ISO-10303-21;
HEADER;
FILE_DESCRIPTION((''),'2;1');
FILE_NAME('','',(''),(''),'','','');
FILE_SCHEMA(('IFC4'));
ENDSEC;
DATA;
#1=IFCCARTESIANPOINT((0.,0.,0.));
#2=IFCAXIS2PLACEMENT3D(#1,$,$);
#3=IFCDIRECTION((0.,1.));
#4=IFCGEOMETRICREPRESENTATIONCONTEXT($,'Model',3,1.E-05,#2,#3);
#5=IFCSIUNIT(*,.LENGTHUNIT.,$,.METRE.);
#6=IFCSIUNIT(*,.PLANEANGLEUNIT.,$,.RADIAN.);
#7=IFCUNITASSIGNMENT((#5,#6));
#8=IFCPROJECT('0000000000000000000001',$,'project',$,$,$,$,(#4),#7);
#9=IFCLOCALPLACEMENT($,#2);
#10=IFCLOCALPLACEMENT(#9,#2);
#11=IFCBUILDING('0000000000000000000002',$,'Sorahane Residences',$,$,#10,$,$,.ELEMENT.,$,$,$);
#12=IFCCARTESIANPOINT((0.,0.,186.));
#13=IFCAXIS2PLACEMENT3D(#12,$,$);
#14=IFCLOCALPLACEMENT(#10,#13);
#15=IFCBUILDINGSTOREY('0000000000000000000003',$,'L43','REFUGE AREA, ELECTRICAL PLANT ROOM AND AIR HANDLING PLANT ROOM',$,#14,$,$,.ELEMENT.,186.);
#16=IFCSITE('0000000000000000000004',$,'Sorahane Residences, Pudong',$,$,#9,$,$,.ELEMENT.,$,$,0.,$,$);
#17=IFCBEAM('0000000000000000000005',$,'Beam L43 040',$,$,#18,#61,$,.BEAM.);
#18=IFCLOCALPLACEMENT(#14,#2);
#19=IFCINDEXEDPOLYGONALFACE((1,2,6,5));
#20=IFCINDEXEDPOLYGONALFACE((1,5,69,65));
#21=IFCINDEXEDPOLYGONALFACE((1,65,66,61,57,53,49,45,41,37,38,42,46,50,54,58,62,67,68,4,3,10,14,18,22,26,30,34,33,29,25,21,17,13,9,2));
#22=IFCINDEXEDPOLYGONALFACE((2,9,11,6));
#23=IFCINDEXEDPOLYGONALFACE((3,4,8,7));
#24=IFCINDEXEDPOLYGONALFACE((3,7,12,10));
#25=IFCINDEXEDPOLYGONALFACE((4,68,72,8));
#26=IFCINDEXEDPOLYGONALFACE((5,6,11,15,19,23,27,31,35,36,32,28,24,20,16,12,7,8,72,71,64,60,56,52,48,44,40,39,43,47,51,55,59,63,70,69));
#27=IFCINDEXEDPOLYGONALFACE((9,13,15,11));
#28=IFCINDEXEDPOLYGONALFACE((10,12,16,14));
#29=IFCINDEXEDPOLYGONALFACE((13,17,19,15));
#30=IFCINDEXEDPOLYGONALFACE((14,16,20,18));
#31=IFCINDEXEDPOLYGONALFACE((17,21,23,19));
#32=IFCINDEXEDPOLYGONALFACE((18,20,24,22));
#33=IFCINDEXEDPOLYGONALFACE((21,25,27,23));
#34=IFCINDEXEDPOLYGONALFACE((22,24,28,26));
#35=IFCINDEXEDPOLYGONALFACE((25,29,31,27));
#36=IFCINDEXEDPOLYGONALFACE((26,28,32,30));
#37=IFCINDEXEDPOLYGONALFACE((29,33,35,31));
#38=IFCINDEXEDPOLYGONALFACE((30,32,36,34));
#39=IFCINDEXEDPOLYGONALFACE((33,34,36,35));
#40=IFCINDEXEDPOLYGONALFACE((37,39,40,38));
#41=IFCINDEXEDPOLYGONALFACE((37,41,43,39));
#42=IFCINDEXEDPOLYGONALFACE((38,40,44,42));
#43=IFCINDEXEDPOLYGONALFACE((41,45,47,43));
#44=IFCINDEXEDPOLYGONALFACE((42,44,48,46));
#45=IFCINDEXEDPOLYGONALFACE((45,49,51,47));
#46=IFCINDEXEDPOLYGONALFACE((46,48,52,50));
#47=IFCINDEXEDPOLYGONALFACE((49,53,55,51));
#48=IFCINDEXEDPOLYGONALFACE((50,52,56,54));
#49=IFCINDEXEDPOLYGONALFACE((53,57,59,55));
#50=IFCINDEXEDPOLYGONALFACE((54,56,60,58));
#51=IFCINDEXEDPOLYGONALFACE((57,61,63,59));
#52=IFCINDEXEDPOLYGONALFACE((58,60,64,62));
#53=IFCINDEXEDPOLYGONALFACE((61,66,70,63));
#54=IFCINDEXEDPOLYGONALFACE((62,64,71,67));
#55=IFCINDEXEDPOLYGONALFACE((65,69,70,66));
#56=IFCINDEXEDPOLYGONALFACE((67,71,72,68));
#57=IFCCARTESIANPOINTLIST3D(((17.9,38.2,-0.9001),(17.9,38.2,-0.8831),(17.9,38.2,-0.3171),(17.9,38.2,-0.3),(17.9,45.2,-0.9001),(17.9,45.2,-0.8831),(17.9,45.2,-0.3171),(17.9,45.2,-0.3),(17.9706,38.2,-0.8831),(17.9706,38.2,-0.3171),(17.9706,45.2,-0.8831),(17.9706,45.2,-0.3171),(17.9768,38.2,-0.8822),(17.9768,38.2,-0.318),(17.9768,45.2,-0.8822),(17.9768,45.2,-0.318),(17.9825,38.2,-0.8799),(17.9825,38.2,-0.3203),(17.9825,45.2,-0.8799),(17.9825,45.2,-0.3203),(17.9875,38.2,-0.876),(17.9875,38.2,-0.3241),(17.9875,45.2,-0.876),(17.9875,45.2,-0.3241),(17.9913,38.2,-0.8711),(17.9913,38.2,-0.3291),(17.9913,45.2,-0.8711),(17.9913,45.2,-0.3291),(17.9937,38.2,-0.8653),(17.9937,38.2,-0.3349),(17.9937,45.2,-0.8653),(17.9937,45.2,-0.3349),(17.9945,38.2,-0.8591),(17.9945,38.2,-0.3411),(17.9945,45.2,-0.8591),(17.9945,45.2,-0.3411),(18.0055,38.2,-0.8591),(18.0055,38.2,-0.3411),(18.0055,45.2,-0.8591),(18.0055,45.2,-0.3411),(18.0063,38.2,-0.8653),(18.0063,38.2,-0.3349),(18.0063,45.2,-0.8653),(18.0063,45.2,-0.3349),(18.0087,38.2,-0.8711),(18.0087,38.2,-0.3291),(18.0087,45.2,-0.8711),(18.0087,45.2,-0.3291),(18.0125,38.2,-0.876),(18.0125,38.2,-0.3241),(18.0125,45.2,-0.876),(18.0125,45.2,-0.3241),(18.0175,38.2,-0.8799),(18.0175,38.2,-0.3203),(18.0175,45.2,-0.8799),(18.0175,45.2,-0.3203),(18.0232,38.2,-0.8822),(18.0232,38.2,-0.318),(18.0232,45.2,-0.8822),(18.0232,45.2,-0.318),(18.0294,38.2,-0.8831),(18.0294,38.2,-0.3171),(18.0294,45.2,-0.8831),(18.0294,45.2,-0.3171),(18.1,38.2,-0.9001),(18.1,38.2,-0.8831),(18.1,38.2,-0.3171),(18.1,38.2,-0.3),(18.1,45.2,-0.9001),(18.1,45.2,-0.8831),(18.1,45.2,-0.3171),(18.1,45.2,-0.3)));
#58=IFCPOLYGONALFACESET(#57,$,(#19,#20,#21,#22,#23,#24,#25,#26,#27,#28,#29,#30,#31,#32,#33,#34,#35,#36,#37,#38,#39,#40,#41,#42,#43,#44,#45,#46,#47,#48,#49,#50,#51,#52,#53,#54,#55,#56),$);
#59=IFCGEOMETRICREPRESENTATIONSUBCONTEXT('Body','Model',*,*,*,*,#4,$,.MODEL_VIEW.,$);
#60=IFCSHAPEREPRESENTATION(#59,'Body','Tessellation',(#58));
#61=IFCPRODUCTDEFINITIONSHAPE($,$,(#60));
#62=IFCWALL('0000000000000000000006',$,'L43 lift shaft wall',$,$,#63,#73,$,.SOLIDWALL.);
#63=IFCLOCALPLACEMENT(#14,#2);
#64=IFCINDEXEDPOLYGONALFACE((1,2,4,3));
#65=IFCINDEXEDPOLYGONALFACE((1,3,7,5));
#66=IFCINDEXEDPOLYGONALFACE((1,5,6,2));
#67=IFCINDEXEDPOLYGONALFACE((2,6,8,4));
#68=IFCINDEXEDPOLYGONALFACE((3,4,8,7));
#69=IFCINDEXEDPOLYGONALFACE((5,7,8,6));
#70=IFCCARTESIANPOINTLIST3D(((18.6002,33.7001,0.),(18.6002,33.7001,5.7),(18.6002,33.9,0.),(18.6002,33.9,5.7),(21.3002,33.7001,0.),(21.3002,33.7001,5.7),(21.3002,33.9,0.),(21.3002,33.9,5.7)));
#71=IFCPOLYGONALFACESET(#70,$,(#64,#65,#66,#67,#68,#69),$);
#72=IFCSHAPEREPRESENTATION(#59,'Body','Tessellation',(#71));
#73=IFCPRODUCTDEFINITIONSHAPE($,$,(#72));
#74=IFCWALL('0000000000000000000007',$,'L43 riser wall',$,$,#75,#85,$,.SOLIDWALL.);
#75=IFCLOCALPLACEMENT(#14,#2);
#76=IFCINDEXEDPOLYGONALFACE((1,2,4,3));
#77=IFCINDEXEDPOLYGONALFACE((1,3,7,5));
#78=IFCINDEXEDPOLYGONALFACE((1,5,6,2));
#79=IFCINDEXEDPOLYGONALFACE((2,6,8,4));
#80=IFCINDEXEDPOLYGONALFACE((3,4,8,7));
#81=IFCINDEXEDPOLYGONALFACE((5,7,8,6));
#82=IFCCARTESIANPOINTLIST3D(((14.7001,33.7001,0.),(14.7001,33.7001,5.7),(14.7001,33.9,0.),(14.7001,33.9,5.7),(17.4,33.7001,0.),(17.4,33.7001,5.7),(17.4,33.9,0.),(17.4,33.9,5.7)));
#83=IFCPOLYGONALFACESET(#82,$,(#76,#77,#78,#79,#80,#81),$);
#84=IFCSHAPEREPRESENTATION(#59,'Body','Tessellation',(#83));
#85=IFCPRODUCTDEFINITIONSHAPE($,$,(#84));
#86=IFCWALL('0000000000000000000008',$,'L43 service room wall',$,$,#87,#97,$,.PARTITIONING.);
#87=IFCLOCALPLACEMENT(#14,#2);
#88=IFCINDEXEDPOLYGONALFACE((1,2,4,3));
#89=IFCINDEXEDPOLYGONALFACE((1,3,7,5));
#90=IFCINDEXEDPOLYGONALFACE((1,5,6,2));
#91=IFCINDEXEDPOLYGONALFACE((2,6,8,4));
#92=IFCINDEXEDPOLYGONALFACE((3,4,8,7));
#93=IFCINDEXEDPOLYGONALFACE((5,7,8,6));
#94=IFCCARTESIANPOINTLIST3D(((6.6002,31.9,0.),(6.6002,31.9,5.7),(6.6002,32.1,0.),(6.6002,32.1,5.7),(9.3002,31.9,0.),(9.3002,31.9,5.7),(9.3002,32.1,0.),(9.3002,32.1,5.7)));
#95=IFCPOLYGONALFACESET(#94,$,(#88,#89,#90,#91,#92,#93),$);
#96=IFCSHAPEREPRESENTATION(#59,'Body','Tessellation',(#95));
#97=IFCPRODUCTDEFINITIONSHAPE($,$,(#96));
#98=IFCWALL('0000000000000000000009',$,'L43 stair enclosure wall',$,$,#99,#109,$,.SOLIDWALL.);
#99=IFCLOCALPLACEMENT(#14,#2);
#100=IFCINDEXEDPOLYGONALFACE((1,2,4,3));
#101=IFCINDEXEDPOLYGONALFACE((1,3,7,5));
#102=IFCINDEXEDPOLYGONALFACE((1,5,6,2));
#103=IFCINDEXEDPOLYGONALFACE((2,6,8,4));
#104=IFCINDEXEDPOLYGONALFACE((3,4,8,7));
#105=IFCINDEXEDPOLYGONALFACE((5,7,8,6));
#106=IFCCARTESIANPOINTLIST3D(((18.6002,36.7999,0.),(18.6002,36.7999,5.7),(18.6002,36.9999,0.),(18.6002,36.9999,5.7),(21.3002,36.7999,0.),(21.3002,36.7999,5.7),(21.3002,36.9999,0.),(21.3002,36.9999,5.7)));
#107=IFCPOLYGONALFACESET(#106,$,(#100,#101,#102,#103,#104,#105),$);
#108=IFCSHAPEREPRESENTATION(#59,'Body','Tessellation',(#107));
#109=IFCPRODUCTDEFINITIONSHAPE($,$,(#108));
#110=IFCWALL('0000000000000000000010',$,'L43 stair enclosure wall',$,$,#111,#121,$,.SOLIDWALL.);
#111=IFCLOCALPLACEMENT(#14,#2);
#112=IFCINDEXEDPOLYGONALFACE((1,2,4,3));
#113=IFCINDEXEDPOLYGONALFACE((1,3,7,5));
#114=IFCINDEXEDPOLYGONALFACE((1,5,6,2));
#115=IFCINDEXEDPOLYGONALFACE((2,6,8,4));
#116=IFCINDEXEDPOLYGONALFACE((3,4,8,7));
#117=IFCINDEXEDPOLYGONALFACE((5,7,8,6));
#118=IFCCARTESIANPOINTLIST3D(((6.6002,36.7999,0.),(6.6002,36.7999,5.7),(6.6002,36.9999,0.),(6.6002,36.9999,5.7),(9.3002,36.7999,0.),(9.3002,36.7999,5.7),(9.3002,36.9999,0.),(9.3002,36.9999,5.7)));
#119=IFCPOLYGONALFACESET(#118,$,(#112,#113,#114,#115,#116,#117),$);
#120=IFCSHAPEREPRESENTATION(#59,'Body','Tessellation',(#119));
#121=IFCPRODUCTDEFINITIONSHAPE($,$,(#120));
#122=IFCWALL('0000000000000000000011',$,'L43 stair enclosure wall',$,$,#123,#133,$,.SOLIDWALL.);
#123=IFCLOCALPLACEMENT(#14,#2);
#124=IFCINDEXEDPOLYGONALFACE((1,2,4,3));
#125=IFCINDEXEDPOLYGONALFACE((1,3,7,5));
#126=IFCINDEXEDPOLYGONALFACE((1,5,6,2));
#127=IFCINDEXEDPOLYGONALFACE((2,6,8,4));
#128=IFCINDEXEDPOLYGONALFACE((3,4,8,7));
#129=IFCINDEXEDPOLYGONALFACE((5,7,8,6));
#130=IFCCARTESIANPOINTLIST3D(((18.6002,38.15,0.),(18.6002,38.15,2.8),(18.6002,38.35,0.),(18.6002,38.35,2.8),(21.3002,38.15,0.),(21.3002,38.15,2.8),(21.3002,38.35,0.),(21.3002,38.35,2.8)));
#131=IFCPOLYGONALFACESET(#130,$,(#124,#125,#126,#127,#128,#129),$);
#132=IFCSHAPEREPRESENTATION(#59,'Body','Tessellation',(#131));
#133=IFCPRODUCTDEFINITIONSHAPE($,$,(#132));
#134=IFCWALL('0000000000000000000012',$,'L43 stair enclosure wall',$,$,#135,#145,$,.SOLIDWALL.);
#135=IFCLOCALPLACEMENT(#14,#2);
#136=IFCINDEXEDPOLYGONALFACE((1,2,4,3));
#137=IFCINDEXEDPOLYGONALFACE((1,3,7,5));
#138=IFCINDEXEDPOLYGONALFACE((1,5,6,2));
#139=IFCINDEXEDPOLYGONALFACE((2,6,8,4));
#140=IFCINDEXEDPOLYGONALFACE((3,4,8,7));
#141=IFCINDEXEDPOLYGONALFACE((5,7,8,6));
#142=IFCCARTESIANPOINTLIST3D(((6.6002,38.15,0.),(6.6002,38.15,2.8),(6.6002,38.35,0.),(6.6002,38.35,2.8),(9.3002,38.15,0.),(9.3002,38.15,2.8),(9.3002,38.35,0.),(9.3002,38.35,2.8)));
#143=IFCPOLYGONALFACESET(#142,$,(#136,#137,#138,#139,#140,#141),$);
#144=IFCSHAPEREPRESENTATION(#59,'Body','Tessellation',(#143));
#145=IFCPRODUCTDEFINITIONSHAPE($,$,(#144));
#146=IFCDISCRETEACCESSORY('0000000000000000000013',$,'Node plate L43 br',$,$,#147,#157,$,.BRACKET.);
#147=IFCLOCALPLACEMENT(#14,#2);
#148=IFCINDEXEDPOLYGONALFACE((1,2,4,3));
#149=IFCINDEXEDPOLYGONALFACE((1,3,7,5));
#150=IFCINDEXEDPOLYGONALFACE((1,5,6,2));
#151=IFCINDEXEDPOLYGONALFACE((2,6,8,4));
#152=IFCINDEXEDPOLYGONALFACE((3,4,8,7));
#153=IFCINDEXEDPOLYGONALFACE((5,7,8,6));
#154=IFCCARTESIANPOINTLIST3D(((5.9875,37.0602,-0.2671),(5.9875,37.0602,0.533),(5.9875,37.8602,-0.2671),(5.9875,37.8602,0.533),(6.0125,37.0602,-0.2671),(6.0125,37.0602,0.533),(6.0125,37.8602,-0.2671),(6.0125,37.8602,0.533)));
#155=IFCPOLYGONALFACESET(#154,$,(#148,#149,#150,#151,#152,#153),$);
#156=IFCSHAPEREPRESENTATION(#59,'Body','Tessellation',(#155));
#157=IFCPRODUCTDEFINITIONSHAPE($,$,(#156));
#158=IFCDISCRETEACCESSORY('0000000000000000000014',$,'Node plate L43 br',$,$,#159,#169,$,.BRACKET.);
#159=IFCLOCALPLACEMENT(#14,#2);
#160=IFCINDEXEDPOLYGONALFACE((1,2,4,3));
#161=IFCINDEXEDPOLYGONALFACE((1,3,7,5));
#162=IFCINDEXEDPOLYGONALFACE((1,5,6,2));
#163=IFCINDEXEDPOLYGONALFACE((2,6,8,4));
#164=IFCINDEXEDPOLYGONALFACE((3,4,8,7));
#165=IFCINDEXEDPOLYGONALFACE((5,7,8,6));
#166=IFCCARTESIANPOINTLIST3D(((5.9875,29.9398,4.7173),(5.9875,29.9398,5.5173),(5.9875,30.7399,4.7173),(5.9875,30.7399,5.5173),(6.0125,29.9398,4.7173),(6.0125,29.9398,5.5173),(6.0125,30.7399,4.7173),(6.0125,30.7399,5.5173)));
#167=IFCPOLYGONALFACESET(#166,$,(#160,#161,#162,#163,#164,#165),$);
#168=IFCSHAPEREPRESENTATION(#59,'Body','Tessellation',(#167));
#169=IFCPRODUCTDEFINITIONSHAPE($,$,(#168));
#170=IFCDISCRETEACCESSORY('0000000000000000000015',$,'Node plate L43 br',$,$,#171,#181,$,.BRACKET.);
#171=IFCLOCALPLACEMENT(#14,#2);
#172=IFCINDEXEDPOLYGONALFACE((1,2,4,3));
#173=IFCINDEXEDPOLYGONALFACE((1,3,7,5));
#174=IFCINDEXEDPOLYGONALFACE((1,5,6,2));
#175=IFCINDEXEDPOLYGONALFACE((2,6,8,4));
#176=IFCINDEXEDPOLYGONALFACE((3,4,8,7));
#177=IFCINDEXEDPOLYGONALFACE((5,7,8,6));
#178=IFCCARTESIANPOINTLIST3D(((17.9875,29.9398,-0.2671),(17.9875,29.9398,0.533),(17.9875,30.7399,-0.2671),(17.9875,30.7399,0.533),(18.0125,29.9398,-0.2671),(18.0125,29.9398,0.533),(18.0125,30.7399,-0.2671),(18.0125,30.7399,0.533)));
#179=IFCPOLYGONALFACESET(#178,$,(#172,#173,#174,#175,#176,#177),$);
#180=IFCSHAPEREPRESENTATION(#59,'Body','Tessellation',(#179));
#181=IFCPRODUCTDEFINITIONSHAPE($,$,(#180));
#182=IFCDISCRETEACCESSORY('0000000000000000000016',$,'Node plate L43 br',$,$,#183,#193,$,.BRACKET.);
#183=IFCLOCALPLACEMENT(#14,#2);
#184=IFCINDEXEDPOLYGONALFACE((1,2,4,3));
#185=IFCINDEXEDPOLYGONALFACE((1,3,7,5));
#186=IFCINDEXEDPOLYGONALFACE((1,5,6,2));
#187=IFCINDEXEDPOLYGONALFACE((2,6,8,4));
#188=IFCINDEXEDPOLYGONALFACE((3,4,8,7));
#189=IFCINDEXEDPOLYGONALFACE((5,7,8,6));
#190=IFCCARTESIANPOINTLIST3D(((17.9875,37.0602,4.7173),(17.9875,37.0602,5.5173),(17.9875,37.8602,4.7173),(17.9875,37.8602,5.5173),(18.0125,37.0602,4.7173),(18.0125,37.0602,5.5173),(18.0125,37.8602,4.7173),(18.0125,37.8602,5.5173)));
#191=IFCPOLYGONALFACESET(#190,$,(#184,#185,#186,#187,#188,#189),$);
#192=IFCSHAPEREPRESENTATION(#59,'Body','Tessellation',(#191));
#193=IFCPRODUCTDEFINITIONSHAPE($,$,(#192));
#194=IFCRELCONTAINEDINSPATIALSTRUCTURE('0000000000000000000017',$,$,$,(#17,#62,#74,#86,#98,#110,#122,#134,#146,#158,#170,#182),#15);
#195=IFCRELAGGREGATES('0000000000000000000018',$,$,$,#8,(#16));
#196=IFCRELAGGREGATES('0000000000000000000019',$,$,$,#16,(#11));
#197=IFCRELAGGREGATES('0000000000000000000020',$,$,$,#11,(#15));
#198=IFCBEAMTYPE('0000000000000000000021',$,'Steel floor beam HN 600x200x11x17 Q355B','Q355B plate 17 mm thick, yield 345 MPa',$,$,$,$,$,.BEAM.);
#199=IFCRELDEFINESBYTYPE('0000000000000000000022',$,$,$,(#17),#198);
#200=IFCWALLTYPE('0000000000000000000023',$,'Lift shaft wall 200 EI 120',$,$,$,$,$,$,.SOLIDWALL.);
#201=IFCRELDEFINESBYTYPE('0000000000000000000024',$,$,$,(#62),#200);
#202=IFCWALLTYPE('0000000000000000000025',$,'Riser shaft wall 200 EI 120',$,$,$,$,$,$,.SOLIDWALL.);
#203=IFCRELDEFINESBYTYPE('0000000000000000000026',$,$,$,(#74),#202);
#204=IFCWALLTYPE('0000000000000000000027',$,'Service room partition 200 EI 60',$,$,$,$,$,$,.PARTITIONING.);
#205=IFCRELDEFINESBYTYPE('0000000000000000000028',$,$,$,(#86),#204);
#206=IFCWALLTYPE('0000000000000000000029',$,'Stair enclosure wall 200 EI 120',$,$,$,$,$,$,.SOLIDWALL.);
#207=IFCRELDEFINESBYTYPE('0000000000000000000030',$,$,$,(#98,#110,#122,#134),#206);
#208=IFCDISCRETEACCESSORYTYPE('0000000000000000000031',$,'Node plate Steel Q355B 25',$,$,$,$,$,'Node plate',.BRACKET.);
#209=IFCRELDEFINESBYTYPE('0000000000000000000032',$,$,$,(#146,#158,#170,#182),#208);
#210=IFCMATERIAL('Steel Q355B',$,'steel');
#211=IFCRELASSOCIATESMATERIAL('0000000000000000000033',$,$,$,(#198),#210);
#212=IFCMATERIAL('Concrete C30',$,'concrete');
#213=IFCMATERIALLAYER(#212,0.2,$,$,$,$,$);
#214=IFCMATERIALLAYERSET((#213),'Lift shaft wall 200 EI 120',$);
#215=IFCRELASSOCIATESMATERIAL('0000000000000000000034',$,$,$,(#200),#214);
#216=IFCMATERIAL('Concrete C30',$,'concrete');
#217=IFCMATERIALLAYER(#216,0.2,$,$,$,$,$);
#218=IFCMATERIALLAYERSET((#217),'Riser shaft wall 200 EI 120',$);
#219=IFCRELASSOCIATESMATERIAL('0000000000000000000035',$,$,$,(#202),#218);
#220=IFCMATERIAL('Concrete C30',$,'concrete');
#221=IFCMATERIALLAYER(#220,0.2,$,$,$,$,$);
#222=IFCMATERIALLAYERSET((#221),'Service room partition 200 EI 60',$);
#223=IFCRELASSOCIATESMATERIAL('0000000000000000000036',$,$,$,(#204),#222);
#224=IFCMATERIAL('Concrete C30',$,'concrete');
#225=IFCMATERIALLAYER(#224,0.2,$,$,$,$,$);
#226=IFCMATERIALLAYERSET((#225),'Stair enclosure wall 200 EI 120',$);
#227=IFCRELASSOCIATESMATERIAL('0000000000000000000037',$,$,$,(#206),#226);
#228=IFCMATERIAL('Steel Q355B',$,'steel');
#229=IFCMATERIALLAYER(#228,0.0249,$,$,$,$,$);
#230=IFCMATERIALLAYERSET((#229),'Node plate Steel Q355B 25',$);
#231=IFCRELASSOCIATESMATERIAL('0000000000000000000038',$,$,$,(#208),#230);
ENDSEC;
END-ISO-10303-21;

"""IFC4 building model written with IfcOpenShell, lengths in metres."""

from ifc_helpers import new_model, si_unit, direction, frame, frame_2d, origin, origin_2d, place, context, subcontext, project, spatial, rectangle, i_section, extrude, material, layer, layer_set, material_profile, profile_set, type_object, element, save


model = new_model("IFC4")

# Units and contexts
model_context = context("Model", 3, precision=1e-05, world=origin(), true_north=direction((0.0, 1.0)))
body_context = subcontext(model_context, "Body", "Model", "MODEL_VIEW")
ifc_project = project(units=[si_unit("LENGTHUNIT", "METRE"), si_unit("PLANEANGLEUNIT", "RADIAN")], contexts=[model_context])

# Site, building, storey
site_placement = place(None, origin())
site = spatial("IfcSite", under=ifc_project, at=site_placement, Name="Sorahane Residences, Pudong", CompositionType="ELEMENT", RefElevation=0.0)
building_placement = place(site_placement, origin())
building = spatial("IfcBuilding", under=site, at=building_placement, Name="Sorahane Residences", CompositionType="ELEMENT")
storey_placement = place(building_placement, frame((0.0, 0.0, 186.0)))
storey = spatial("IfcBuildingStorey", under=building, at=storey_placement, Name="L43", Description="REFUGE AREA, ELECTRICAL PLANT ROOM AND AIR HANDLING PLANT ROOM", CompositionType="ELEMENT", Elevation=186.0)

# Beam
ifc_material_1 = material(Name="Steel Q355B", Category="steel")
ifc_material_profile_1 = material_profile(ifc_material_1, i_section(OverallWidth=0.2, OverallDepth=0.6001, WebThickness=0.011, FlangeThickness=0.0171, FilletRadius=0.0239, at=origin_2d()), Name="HN 600x200x11x17")
ifc_profile_set_1 = profile_set([ifc_material_profile_1], Name="Steel Q355B")
beam_type_1 = type_object("IfcBeamType", Name="Steel floor beam HN 600x200x11x17 Q355B", Description="Q355B plate 17 mm thick, yield 345 MPa", PredefinedType="BEAM", material=ifc_profile_set_1)
for number, where, z_axis, x_axis, name in (
    (1, (18.0, 38.2, -0.6001), (0.0, 1.0, 0.0), (-1.0, 0.0, 0.0), "Beam L43 040"),
):
    element("IfcBeam", number, at=place(storey_placement, frame(where, z_axis=z_axis, x_axis=x_axis)), inside=storey, type_object=beam_type_1, Name=name, PredefinedType="BEAM", context=body_context, shape_type="SweptSolid", body=[
        extrude(i_section(OverallWidth=0.2, OverallDepth=0.6001, WebThickness=0.011, FlangeThickness=0.0171, FilletRadius=0.0239, at=origin_2d()), origin(), (0.0, 0.0, 1.0), 7.0),
    ])

# Walls
ifc_material_2 = material(Name="Concrete C30", Category="concrete")
ifc_layer_1 = layer(ifc_material_2, 0.2)
ifc_layer_set_1 = layer_set([ifc_layer_1], Name="Lift shaft wall 200 EI 120")
wall_type_1 = type_object("IfcWallType", Name="Lift shaft wall 200 EI 120", PredefinedType="SOLIDWALL", material=ifc_layer_set_1)
wall_1_placement = place(storey_placement, frame((18.6001, 33.8, 0.0), z_axis=(0.0, 0.0, 1.0), x_axis=(1.0, 0.0, 0.0)))
element("IfcWall", 2, at=wall_1_placement, inside=storey, type_object=wall_type_1, Name="L43 lift shaft wall", PredefinedType="SOLIDWALL", context=body_context, shape_type="SweptSolid", body=[
    extrude(rectangle(XDim=2.7, YDim=0.2, at=frame_2d((1.3501, 0.0))), origin(), (0.0, 0.0, 1.0), 5.7),
])
ifc_material_3 = material(Name="Concrete C30", Category="concrete")
ifc_layer_2 = layer(ifc_material_3, 0.2)
ifc_layer_set_2 = layer_set([ifc_layer_2], Name="Riser shaft wall 200 EI 120")
wall_type_2 = type_object("IfcWallType", Name="Riser shaft wall 200 EI 120", PredefinedType="SOLIDWALL", material=ifc_layer_set_2)
wall_2_placement = place(storey_placement, frame((14.7, 33.8, 0.0), z_axis=(0.0, 0.0, 1.0), x_axis=(1.0, 0.0, 0.0)))
element("IfcWall", 3, at=wall_2_placement, inside=storey, type_object=wall_type_2, Name="L43 riser wall", PredefinedType="SOLIDWALL", context=body_context, shape_type="SweptSolid", body=[
    extrude(rectangle(XDim=2.7, YDim=0.2, at=frame_2d((1.3501, 0.0))), origin(), (0.0, 0.0, 1.0), 5.7),
])
ifc_material_4 = material(Name="Concrete C30", Category="concrete")
ifc_layer_3 = layer(ifc_material_4, 0.2)
ifc_layer_set_3 = layer_set([ifc_layer_3], Name="Service room partition 200 EI 60")
wall_type_3 = type_object("IfcWallType", Name="Service room partition 200 EI 60", PredefinedType="PARTITIONING", material=ifc_layer_set_3)
wall_3_placement = place(storey_placement, frame((6.6001, 32.0, 0.0), z_axis=(0.0, 0.0, 1.0), x_axis=(1.0, 0.0, 0.0)))
element("IfcWall", 4, at=wall_3_placement, inside=storey, type_object=wall_type_3, Name="L43 service room wall", PredefinedType="PARTITIONING", context=body_context, shape_type="SweptSolid", body=[
    extrude(rectangle(XDim=2.7, YDim=0.2, at=frame_2d((1.3501, 0.0))), origin(), (0.0, 0.0, 1.0), 5.7),
])
ifc_material_5 = material(Name="Concrete C30", Category="concrete")
ifc_layer_4 = layer(ifc_material_5, 0.2)
ifc_layer_set_4 = layer_set([ifc_layer_4], Name="Stair enclosure wall 200 EI 120")
wall_type_4 = type_object("IfcWallType", Name="Stair enclosure wall 200 EI 120", PredefinedType="SOLIDWALL", material=ifc_layer_set_4)
for number, where, z_axis, x_axis, name in (
    (5, (18.6001, 36.8999, 0.0), (0.0, 0.0, 1.0), (1.0, 0.0, 0.0), "L43 stair enclosure wall"),
    (6, (6.6001, 36.8999, 0.0), (0.0, 0.0, 1.0), (1.0, 0.0, 0.0), "L43 stair enclosure wall"),
):
    element("IfcWall", number, at=place(storey_placement, frame(where, z_axis=z_axis, x_axis=x_axis)), inside=storey, type_object=wall_type_4, Name=name, PredefinedType="SOLIDWALL", context=body_context, shape_type="SweptSolid", body=[
        extrude(rectangle(XDim=2.7, YDim=0.2, at=frame_2d((1.3501, 0.0))), origin(), (0.0, 0.0, 1.0), 5.7),
    ])
for number, where, z_axis, x_axis, name in (
    (7, (18.6001, 38.25, 0.0), (0.0, 0.0, 1.0), (1.0, 0.0, 0.0), "L43 stair enclosure wall"),
    (8, (6.6001, 38.25, 0.0), (0.0, 0.0, 1.0), (1.0, 0.0, 0.0), "L43 stair enclosure wall"),
):
    element("IfcWall", number, at=place(storey_placement, frame(where, z_axis=z_axis, x_axis=x_axis)), inside=storey, type_object=wall_type_4, Name=name, PredefinedType="SOLIDWALL", context=body_context, shape_type="SweptSolid", body=[
        extrude(rectangle(XDim=2.7, YDim=0.2, at=frame_2d((1.3501, 0.0))), origin(), (0.0, 0.0, 1.0), 2.8),
    ])

# Discrete accessories
ifc_material_6 = material(Name="Steel Q355B", Category="steel")
ifc_layer_5 = layer(ifc_material_6, 0.0249)
ifc_layer_set_5 = layer_set([ifc_layer_5], Name="Node plate Steel Q355B 25")
discrete_accessory_type = type_object("IfcDiscreteAccessoryType", Name="Node plate Steel Q355B 25", ElementType="Node plate", PredefinedType="BRACKET", material=ifc_layer_set_5)
for number, where, z_axis, x_axis, name in (
    (9, (6.0, 37.4602, -0.2671), (0.0, 0.0, 1.0), (0.0, 1.0, 0.0), "Node plate L43 br"),
    (10, (6.0, 30.3398, 4.7173), (0.0, 0.0, 1.0), (0.0, 1.0, 0.0), "Node plate L43 br"),
    (11, (18.0, 30.3398, -0.2671), (0.0, 0.0, 1.0), (0.0, 1.0, 0.0), "Node plate L43 br"),
    (12, (18.0, 37.4602, 4.7173), (0.0, 0.0, 1.0), (0.0, 1.0, 0.0), "Node plate L43 br"),
):
    element("IfcDiscreteAccessory", number, at=place(storey_placement, frame(where, z_axis=z_axis, x_axis=x_axis)), inside=storey, type_object=discrete_accessory_type, Name=name, PredefinedType="BRACKET", context=body_context, shape_type="SweptSolid", body=[
        extrude(rectangle(XDim=0.8, YDim=0.0249, at=origin_2d()), origin(), (0.0, 0.0, 1.0), 0.8),
    ])

save(model, "model.ifc")
